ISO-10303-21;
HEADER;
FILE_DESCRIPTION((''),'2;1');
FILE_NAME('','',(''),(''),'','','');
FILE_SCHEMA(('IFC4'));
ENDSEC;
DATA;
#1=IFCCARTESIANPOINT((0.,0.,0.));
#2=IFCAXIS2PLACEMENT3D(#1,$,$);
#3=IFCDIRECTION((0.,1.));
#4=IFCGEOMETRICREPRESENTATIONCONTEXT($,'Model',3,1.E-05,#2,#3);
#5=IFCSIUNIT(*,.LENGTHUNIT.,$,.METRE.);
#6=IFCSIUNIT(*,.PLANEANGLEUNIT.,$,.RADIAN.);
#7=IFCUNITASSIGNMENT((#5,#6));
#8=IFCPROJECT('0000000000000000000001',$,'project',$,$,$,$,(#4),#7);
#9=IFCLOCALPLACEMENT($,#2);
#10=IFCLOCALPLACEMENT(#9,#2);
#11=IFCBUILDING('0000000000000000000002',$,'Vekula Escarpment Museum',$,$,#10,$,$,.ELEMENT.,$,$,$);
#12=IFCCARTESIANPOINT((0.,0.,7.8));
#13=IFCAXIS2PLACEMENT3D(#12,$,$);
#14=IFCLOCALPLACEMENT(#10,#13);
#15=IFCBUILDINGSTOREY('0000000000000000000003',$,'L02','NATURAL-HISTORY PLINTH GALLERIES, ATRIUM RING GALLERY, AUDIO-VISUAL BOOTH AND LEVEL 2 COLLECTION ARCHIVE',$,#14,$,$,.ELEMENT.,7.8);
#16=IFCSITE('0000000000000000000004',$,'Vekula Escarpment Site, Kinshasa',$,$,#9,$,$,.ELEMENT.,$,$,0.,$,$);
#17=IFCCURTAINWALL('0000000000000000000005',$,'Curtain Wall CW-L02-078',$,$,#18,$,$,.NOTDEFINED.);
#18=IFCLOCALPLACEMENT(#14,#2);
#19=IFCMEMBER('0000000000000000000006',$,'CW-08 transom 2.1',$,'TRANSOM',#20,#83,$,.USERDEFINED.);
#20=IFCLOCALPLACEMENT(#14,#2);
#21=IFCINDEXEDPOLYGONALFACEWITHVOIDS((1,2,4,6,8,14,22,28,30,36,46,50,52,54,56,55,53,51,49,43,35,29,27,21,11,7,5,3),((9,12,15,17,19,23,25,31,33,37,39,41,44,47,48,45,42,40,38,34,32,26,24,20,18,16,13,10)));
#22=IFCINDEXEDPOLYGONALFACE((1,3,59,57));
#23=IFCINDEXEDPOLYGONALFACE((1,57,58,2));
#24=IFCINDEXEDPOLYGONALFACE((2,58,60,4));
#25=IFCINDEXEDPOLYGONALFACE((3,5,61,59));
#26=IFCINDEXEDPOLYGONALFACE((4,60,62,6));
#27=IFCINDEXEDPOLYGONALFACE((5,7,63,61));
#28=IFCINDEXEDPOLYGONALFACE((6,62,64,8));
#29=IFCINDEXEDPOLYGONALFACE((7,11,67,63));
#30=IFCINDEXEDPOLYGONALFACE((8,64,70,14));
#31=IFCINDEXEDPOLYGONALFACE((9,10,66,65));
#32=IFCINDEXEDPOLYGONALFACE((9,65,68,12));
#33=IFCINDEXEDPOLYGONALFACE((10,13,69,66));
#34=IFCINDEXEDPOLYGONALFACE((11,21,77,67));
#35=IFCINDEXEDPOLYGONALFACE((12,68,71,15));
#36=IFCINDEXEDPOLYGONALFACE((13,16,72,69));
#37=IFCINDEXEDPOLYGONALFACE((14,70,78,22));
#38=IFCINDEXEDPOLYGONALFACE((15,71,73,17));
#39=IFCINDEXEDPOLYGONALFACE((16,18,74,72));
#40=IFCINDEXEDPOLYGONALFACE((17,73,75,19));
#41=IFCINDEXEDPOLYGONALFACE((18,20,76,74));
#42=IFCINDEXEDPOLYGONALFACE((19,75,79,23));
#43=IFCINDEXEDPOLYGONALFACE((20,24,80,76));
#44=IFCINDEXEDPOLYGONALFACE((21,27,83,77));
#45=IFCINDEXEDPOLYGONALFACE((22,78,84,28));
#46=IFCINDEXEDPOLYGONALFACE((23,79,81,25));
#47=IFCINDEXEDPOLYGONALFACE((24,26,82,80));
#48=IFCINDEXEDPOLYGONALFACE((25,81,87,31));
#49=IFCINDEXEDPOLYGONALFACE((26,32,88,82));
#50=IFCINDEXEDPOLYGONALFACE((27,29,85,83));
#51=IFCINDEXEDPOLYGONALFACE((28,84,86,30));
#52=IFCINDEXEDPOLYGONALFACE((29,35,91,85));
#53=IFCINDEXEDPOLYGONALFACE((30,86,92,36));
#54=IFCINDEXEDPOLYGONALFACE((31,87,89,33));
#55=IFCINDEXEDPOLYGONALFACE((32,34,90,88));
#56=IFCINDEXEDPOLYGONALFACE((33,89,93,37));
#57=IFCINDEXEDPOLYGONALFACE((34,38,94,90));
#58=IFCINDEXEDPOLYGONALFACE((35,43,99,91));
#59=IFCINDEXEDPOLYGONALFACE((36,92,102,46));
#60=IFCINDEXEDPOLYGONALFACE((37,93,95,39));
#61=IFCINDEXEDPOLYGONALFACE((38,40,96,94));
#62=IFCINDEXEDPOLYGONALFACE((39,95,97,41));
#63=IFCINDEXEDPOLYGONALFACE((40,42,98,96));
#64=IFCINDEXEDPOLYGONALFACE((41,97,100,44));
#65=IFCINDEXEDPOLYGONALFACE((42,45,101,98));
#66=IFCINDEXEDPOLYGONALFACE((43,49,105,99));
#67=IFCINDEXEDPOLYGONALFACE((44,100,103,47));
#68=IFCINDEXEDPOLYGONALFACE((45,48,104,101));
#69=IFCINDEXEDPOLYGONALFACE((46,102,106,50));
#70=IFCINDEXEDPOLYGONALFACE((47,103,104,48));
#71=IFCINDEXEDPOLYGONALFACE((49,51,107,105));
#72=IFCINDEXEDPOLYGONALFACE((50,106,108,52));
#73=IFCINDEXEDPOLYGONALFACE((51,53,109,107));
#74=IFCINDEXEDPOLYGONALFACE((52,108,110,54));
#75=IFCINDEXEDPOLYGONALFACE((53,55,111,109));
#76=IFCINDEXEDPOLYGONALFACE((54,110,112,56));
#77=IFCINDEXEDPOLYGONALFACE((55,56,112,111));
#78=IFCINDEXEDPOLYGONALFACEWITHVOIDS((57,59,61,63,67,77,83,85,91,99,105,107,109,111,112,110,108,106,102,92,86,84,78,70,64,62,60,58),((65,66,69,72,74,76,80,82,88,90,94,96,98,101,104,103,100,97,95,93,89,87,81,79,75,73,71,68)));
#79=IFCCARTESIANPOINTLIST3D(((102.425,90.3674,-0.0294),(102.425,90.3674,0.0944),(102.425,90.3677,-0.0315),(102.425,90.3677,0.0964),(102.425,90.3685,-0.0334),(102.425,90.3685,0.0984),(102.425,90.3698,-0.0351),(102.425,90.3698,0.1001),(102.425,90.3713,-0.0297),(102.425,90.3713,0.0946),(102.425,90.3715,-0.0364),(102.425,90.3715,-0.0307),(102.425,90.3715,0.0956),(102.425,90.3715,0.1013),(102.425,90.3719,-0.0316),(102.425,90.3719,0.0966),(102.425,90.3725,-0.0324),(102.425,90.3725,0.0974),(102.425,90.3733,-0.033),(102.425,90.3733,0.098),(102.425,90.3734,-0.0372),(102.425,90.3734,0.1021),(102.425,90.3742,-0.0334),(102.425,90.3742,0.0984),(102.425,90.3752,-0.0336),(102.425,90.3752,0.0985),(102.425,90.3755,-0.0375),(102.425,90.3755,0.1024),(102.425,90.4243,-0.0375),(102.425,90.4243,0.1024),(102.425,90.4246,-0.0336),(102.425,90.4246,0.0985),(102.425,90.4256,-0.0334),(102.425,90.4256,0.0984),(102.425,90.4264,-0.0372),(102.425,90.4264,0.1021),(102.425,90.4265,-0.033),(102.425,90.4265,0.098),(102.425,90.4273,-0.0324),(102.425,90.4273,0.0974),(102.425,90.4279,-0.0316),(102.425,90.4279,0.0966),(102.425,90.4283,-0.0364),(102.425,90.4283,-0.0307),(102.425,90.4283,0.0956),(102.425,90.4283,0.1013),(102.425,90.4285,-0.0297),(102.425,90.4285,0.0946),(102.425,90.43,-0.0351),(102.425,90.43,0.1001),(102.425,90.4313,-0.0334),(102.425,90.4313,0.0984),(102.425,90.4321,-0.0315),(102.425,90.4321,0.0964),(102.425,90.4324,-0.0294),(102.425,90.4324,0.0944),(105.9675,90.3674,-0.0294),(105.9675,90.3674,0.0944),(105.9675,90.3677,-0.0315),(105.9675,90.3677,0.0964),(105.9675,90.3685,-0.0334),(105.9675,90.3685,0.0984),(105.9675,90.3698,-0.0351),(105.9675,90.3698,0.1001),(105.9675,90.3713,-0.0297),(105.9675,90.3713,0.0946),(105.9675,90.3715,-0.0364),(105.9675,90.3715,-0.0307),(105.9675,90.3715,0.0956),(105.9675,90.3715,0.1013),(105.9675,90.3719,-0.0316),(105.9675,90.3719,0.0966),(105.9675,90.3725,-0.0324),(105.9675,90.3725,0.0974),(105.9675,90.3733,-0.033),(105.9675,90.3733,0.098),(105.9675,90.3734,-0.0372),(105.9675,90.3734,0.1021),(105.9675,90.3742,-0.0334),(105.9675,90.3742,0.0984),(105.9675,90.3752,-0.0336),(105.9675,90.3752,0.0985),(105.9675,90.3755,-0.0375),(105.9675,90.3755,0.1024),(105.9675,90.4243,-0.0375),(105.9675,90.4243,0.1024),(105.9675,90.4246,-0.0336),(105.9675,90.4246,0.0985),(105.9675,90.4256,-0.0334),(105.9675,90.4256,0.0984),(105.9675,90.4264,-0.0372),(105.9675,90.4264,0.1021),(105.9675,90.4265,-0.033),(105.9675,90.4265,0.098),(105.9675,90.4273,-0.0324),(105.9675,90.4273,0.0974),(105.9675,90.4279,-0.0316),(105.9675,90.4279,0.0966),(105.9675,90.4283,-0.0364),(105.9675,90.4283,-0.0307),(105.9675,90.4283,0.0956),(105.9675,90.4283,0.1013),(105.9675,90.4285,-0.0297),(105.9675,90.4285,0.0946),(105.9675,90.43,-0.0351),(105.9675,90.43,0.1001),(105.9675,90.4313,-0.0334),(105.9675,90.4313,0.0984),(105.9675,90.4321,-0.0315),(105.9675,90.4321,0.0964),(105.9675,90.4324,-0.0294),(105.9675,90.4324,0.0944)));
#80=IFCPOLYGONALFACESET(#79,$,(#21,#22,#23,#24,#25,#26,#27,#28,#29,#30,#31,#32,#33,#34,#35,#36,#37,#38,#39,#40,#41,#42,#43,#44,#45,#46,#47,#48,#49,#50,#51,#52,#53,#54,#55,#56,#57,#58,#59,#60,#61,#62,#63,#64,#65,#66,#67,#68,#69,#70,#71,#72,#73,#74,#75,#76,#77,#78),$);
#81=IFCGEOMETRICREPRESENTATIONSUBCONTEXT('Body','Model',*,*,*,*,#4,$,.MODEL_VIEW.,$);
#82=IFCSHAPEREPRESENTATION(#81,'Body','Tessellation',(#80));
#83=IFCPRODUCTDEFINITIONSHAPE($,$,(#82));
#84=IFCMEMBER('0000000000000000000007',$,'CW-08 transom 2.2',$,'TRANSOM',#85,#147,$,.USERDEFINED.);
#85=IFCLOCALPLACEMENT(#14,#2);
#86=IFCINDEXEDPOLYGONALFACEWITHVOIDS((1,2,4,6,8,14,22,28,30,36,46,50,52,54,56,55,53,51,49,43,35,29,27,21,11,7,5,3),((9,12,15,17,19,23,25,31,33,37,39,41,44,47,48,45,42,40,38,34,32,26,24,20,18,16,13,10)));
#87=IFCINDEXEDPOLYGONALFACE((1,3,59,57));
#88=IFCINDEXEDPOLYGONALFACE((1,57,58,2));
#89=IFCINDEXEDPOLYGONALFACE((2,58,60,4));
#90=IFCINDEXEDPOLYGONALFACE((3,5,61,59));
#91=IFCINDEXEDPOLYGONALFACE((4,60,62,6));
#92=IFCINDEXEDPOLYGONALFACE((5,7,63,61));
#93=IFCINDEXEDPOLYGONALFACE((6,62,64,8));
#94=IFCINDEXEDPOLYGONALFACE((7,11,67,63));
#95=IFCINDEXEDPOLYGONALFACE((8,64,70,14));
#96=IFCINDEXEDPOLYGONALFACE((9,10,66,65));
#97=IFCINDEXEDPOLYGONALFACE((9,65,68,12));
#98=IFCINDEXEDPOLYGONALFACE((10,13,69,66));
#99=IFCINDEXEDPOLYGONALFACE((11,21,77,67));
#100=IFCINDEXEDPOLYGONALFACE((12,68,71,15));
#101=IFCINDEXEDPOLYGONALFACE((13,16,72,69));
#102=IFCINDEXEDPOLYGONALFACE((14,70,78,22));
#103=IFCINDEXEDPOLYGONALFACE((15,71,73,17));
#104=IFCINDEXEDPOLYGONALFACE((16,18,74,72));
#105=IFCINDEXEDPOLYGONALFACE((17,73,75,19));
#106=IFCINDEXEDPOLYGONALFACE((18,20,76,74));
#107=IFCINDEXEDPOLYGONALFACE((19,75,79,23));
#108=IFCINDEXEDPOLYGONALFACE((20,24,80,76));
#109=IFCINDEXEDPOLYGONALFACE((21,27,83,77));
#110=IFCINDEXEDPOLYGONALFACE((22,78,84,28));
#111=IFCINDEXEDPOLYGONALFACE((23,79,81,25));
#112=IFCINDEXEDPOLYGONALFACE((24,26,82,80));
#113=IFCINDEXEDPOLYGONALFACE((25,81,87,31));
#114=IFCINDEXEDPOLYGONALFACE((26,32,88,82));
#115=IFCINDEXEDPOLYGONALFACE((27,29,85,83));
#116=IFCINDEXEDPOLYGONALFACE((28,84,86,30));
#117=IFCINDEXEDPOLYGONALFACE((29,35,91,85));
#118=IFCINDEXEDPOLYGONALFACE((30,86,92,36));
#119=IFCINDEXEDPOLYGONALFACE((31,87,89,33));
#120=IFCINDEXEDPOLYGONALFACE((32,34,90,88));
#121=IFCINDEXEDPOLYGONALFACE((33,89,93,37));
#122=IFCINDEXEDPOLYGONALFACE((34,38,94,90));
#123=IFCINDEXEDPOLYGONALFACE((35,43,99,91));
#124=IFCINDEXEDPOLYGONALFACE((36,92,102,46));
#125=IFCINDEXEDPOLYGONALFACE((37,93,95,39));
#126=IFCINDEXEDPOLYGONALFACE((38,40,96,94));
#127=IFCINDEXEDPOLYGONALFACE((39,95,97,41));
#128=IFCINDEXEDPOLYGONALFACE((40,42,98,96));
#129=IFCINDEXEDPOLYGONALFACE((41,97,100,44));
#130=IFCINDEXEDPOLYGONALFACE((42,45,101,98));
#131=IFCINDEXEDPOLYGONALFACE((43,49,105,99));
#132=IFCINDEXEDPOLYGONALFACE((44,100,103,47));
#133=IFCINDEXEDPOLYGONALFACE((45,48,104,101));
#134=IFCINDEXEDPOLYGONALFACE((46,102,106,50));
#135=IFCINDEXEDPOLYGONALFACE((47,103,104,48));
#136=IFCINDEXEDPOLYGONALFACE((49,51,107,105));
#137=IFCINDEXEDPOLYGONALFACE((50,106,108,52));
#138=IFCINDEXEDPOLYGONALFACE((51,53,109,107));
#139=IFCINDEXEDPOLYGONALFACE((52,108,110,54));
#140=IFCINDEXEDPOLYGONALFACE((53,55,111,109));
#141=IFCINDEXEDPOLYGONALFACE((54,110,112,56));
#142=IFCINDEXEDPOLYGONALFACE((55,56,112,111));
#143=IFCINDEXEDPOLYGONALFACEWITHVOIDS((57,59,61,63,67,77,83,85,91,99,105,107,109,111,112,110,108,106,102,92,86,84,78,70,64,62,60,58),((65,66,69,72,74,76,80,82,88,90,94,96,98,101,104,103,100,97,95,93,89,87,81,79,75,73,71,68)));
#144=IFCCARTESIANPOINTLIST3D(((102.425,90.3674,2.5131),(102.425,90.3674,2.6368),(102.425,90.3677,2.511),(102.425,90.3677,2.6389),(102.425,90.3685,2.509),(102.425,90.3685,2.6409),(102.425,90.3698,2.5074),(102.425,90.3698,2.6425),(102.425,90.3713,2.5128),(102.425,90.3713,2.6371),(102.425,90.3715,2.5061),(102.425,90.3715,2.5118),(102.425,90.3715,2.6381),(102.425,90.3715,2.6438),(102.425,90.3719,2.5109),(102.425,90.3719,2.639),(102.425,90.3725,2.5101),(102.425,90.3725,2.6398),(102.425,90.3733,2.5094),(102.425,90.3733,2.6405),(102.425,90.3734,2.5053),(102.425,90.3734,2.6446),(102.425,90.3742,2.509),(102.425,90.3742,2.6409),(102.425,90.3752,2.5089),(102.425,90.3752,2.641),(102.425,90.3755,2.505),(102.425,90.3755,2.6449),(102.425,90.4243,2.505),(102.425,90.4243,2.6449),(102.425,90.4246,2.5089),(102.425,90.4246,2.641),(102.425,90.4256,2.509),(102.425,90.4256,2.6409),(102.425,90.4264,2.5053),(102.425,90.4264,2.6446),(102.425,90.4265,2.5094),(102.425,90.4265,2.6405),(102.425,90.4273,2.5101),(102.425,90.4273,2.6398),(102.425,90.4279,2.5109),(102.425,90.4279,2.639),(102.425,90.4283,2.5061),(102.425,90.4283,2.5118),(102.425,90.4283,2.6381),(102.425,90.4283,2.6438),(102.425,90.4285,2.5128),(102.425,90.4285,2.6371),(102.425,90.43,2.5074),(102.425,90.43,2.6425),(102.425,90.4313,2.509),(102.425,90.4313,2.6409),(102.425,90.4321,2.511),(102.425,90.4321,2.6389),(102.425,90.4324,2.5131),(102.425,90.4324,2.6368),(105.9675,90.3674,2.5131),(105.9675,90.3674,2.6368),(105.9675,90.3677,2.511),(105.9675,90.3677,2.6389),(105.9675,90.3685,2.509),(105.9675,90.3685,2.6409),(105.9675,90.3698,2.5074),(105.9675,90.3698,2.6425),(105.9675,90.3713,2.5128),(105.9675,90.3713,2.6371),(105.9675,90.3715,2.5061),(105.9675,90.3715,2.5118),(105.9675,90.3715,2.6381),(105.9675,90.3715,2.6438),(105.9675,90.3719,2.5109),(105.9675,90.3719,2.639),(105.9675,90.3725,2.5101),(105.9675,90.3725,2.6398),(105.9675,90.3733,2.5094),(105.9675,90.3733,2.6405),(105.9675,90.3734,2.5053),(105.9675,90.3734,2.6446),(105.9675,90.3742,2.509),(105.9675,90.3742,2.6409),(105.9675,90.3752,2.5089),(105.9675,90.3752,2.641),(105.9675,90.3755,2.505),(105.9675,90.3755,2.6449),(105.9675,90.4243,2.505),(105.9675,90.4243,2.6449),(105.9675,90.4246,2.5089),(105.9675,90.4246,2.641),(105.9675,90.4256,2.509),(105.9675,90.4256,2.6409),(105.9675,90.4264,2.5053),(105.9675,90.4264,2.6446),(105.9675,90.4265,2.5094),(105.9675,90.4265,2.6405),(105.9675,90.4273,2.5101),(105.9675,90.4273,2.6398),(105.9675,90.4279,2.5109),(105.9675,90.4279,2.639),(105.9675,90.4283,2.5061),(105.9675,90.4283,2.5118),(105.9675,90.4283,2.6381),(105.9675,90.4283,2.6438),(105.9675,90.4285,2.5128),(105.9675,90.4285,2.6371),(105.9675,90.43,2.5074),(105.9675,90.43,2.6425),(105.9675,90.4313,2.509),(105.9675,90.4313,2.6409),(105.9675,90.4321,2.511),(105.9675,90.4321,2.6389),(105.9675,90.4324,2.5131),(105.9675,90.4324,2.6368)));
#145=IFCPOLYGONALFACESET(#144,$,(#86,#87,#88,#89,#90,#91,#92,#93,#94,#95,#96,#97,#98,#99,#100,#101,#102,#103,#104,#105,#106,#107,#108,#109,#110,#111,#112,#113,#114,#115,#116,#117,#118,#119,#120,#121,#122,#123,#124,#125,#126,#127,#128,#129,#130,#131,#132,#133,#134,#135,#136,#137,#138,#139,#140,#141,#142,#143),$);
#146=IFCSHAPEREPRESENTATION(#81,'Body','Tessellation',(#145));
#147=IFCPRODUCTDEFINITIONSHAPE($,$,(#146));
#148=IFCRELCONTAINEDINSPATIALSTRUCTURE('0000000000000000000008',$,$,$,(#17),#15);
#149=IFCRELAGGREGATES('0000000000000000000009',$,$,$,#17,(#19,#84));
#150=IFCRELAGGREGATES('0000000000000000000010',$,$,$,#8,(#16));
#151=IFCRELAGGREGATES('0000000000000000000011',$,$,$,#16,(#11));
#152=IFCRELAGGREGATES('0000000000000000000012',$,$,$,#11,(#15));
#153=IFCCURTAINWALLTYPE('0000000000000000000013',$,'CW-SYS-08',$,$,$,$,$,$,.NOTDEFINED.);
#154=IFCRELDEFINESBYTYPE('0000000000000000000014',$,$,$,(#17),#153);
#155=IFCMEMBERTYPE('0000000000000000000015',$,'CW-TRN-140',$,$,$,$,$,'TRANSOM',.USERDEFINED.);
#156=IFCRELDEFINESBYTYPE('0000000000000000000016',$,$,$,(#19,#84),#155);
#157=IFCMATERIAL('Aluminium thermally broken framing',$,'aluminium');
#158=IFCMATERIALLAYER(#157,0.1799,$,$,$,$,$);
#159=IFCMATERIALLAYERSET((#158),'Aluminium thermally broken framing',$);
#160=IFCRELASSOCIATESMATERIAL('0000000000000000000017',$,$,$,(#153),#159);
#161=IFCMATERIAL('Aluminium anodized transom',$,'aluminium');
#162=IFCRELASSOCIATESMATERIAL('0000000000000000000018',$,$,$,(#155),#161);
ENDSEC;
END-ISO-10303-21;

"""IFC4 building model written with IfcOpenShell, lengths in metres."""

from ifc_helpers import new_model, si_unit, direction, frame, origin, origin_2d, place, context, subcontext, project, spatial, hollow_rectangle, extrude, material, layer, layer_set, material_profile, profile_set, type_object, element, aggregate, save


model = new_model("IFC4")

# Units and contexts
model_context = context("Model", 3, precision=1e-05, world=origin(), true_north=direction((0.0, 1.0)))
body_context = subcontext(model_context, "Body", "Model", "MODEL_VIEW")
ifc_project = project(units=[si_unit("LENGTHUNIT", "METRE"), si_unit("PLANEANGLEUNIT", "RADIAN")], contexts=[model_context])

# Site, building, storey
site_placement = place(None, origin())
site = spatial("IfcSite", under=ifc_project, at=site_placement, Name="Vekula Escarpment Site, Kinshasa", CompositionType="ELEMENT", RefElevation=0.0)
building_placement = place(site_placement, origin())
building = spatial("IfcBuilding", under=site, at=building_placement, Name="Vekula Escarpment Museum", CompositionType="ELEMENT")
storey_placement = place(building_placement, frame((0.0, 0.0, 7.8)))
storey = spatial("IfcBuildingStorey", under=building, at=storey_placement, Name="L02", Description="NATURAL-HISTORY PLINTH GALLERIES, ATRIUM RING GALLERY, AUDIO-VISUAL BOOTH AND LEVEL 2 COLLECTION ARCHIVE", CompositionType="ELEMENT", Elevation=7.8)

# Curtain wall, members
ifc_material_1 = material(Name="Aluminium thermally broken framing", Category="aluminium")
ifc_layer_1 = layer(ifc_material_1, 0.1799)
ifc_layer_set_1 = layer_set([ifc_layer_1], Name="Aluminium thermally broken framing")
curtain_wall_type = type_object("IfcCurtainWallType", Name="CW-SYS-08", PredefinedType="NOTDEFINED", material=ifc_layer_set_1)
curtain_wall_placement = place(storey_placement, origin())
curtain_wall = element("IfcCurtainWall", 1, at=curtain_wall_placement, inside=storey, type_object=curtain_wall_type, Name="Curtain Wall CW-L02-078", PredefinedType="NOTDEFINED")
ifc_material_2 = material(Name="Aluminium anodized transom", Category="aluminium")
ifc_material_profile_1 = material_profile(ifc_material_2, hollow_rectangle(XDim=0.0649, YDim=0.1399, WallThickness=0.0039, InnerFilletRadius=0.0039, OuterFilletRadius=0.0081, at=origin_2d()), Name="ALU 140x65x4")
ifc_profile_set_1 = profile_set([ifc_material_profile_1], Name="Aluminium anodized transom")
member_type_1 = type_object("IfcMemberType", Name="CW-TRN-140", ElementType="TRANSOM", PredefinedType="USERDEFINED", material=ifc_profile_set_1)
member_1_placement = place(storey_placement, frame((105.9675, 90.3999, 0.0325), z_axis=(-1.0, 0.0, 0.0), x_axis=(0.0, -1.0, 0.0)))
member_1 = element("IfcMember", 2, at=member_1_placement, type_object=member_type_1, Name="CW-08 transom 2.1", ObjectType="TRANSOM", PredefinedType="USERDEFINED", context=body_context, shape_type="SweptSolid", body=[
    extrude(hollow_rectangle(XDim=0.0649, YDim=0.1399, WallThickness=0.0039, InnerFilletRadius=0.0039, OuterFilletRadius=0.0081, at=origin_2d()), origin(), (0.0, 0.0, 1.0), 3.5425),
])
member_2_placement = place(storey_placement, frame((105.9675, 90.3999, 2.575), z_axis=(-1.0, 0.0, 0.0), x_axis=(0.0, -1.0, 0.0)))
member_2 = element("IfcMember", 3, at=member_2_placement, type_object=member_type_1, Name="CW-08 transom 2.2", ObjectType="TRANSOM", PredefinedType="USERDEFINED", context=body_context, shape_type="SweptSolid", body=[
    extrude(hollow_rectangle(XDim=0.0649, YDim=0.1399, WallThickness=0.0039, InnerFilletRadius=0.0039, OuterFilletRadius=0.0081, at=origin_2d()), origin(), (0.0, 0.0, 1.0), 3.5425),
])
aggregate(curtain_wall, [member_1, member_2])

save(model, "model.ifc")
